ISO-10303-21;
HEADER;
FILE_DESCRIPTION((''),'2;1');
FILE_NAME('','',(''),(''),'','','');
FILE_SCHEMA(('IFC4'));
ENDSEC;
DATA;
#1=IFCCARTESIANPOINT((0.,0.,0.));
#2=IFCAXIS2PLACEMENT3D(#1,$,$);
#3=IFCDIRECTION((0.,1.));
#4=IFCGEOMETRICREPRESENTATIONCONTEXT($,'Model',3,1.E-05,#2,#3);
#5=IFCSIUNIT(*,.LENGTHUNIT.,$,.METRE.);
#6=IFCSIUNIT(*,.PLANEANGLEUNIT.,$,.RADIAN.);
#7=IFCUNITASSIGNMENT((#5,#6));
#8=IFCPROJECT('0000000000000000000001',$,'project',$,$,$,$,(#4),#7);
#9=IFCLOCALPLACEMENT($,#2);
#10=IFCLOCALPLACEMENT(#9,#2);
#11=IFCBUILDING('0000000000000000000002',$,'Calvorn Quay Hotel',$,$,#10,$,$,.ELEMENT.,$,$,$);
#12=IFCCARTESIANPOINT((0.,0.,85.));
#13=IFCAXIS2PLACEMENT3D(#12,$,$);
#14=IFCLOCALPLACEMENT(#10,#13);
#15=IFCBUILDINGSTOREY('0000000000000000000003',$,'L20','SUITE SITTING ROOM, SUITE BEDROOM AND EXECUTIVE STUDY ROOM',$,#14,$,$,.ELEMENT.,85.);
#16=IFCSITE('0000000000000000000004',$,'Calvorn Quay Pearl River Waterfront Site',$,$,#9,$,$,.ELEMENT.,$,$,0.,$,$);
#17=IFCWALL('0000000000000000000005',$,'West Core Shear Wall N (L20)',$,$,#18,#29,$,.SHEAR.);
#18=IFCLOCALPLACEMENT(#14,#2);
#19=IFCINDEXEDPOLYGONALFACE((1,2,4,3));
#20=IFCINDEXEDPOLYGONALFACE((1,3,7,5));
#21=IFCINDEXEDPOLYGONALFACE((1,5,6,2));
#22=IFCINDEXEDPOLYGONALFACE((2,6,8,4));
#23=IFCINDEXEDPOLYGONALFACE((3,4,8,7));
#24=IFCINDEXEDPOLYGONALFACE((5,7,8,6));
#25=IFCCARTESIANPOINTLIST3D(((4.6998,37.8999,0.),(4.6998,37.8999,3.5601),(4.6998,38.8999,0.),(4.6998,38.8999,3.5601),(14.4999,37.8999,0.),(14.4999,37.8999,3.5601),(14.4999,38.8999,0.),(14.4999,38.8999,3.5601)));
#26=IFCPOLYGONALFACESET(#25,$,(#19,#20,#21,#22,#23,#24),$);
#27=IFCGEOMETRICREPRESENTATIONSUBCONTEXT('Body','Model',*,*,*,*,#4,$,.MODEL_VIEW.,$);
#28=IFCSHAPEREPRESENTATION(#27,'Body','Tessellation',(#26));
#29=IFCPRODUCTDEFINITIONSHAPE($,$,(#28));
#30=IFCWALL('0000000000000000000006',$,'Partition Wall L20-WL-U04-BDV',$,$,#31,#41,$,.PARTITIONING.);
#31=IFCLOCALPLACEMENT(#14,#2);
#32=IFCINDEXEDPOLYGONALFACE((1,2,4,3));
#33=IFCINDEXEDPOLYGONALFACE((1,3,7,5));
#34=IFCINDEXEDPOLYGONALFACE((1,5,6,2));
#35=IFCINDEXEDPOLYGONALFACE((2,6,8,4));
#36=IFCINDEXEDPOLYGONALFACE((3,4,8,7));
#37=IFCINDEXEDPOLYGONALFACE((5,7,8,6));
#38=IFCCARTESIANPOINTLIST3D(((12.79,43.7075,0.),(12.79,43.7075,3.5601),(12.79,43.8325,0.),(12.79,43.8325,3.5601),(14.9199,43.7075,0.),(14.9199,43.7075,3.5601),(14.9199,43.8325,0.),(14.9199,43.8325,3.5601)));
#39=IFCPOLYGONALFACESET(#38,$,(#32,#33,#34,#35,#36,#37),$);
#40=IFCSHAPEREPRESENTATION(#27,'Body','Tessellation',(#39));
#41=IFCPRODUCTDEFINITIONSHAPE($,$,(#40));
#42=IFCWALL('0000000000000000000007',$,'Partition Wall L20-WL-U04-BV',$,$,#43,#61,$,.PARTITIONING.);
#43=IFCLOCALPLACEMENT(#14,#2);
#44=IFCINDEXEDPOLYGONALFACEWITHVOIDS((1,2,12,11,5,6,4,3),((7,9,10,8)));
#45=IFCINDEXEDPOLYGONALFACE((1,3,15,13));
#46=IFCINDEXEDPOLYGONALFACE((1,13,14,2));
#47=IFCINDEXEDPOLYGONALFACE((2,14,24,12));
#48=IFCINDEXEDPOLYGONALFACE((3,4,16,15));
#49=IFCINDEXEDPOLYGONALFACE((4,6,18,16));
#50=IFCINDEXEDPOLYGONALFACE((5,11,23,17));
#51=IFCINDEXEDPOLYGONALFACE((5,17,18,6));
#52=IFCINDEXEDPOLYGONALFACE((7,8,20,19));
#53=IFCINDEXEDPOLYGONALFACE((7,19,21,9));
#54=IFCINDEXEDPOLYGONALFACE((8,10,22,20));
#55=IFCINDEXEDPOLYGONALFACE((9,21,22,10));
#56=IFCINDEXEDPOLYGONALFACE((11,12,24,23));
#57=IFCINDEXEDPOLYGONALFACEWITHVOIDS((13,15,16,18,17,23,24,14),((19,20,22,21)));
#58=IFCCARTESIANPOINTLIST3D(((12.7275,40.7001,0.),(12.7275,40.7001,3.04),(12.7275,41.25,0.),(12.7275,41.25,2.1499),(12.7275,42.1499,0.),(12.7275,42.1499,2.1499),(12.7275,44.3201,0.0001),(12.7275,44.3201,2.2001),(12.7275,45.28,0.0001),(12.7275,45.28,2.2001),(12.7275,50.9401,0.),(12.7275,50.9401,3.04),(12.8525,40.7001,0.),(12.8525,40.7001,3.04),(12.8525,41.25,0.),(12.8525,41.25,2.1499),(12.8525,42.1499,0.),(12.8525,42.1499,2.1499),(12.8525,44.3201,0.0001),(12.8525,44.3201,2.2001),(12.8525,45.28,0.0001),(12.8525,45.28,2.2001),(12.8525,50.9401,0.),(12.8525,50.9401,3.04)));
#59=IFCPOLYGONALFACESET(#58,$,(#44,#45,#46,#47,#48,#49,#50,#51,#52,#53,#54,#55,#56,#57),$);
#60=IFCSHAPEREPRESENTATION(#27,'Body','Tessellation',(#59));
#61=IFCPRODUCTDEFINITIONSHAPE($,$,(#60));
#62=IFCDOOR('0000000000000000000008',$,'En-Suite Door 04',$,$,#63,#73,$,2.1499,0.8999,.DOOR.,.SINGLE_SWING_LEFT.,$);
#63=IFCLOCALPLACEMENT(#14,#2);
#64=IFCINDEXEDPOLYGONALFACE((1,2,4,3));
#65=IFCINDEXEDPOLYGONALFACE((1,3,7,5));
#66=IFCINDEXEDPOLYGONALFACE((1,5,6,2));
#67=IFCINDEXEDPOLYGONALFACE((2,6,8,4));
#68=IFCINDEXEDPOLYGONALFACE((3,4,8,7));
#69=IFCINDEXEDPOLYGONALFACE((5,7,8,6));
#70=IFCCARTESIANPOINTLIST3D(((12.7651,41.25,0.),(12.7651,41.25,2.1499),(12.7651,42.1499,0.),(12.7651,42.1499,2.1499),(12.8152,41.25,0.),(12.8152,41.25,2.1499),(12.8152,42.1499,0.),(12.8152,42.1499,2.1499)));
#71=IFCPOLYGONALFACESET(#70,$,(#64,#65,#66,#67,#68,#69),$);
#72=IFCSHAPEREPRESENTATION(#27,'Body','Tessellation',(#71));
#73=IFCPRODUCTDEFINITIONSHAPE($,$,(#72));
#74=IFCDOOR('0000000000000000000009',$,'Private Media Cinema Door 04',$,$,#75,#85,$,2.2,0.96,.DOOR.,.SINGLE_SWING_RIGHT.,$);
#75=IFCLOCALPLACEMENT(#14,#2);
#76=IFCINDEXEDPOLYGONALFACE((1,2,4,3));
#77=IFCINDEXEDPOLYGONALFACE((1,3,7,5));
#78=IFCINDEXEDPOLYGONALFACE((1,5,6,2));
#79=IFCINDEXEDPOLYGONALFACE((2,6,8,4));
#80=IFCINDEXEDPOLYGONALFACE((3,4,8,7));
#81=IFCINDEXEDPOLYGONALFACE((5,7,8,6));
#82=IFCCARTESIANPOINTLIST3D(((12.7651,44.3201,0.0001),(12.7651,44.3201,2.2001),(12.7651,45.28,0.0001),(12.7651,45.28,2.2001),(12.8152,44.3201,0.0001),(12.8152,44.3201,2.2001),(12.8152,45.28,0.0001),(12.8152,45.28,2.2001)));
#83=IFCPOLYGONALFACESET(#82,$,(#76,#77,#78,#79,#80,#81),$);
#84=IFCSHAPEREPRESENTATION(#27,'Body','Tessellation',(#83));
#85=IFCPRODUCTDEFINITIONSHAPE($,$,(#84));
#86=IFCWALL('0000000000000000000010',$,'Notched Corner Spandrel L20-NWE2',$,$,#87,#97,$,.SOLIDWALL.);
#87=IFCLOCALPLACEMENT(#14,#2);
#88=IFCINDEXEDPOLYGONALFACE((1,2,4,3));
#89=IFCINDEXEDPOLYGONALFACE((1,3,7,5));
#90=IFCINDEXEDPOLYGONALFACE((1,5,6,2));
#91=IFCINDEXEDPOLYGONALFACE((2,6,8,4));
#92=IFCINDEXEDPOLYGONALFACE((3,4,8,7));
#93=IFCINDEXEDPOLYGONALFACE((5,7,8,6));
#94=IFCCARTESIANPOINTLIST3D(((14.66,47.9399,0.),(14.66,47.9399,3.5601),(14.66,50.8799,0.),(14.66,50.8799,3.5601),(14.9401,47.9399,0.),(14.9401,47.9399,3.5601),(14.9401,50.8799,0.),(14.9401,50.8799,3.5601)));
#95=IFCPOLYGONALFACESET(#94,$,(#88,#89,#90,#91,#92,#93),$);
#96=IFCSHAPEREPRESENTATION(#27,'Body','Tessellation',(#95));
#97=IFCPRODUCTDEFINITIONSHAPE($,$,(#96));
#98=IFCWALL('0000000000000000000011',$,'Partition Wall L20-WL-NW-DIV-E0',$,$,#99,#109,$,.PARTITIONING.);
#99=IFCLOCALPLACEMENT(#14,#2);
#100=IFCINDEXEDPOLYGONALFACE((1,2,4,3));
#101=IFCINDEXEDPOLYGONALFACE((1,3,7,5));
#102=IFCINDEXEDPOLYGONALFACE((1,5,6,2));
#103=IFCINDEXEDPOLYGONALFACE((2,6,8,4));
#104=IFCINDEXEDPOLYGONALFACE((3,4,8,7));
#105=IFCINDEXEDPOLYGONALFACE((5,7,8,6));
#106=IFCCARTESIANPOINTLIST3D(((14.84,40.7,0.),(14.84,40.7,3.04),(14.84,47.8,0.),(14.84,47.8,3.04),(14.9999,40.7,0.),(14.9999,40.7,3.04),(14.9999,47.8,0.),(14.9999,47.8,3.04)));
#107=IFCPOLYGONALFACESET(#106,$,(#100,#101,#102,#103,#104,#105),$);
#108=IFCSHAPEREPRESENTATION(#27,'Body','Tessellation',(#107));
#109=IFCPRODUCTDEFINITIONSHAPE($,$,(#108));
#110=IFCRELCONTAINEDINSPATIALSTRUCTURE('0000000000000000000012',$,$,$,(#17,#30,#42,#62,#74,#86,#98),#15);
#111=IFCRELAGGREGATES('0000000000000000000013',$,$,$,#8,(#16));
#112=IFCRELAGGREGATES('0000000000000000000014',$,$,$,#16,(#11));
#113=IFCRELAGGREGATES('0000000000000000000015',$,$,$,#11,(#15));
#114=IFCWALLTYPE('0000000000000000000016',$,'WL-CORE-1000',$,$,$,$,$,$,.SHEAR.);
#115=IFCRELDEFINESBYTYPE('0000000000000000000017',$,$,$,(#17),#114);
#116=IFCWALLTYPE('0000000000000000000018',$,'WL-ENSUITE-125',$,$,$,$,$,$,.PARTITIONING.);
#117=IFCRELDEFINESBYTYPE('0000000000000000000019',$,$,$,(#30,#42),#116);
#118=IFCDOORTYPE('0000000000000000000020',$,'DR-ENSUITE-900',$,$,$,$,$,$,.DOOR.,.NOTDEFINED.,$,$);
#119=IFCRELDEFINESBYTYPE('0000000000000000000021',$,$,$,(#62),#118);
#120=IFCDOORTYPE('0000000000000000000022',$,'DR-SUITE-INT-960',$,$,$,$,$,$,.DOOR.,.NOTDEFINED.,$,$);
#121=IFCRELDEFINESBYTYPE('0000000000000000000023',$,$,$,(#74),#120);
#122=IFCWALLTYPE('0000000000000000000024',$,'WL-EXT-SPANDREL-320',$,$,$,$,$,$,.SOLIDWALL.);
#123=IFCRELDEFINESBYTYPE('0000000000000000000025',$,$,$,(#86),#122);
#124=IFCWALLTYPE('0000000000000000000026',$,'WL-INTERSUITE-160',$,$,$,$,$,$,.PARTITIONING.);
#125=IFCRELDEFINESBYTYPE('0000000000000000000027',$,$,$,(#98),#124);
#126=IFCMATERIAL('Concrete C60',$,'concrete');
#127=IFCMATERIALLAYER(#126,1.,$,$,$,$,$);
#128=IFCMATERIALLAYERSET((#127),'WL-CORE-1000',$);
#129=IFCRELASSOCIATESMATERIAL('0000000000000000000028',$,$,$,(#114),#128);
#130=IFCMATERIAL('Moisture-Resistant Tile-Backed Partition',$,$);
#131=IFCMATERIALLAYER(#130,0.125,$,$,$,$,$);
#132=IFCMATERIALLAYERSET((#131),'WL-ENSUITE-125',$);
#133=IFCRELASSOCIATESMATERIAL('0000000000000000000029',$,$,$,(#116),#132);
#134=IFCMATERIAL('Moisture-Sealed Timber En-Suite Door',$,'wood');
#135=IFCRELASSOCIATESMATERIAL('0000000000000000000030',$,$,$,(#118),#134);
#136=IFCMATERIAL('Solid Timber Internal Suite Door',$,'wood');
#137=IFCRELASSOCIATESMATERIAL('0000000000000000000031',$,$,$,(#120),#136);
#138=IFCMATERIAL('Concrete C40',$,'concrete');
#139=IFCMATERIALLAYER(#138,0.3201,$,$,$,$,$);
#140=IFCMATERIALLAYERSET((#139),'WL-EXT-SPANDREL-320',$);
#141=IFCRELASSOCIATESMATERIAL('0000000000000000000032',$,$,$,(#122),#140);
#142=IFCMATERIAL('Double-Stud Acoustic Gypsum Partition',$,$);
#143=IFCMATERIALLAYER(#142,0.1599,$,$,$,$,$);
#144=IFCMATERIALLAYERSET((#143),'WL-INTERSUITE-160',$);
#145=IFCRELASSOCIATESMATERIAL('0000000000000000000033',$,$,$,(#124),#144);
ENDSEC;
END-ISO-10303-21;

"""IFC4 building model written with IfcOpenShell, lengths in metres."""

from ifc_helpers import new_model, si_unit, direction, frame, frame_2d, origin, place, context, subcontext, project, spatial, rectangle, extrude, material, layer, layer_set, type_object, element, fill, save


model = new_model("IFC4")

# Units and contexts
model_context = context("Model", 3, precision=1e-05, world=origin(), true_north=direction((0.0, 1.0)))
body_context = subcontext(model_context, "Body", "Model", "MODEL_VIEW")
ifc_project = project(units=[si_unit("LENGTHUNIT", "METRE"), si_unit("PLANEANGLEUNIT", "RADIAN")], contexts=[model_context])

# Site, building, storey
site_placement = place(None, origin())
site = spatial("IfcSite", under=ifc_project, at=site_placement, Name="Calvorn Quay Pearl River Waterfront Site", CompositionType="ELEMENT", RefElevation=0.0)
building_placement = place(site_placement, origin())
building = spatial("IfcBuilding", under=site, at=building_placement, Name="Calvorn Quay Hotel", CompositionType="ELEMENT")
storey_placement = place(building_placement, frame((0.0, 0.0, 85.0)))
storey = spatial("IfcBuildingStorey", under=building, at=storey_placement, Name="L20", Description="SUITE SITTING ROOM, SUITE BEDROOM AND EXECUTIVE STUDY ROOM", CompositionType="ELEMENT", Elevation=85.0)

# Walls
ifc_material_1 = material(Name="Concrete C60", Category="concrete")
ifc_layer_1 = layer(ifc_material_1, 1.0)
ifc_layer_set_1 = layer_set([ifc_layer_1], Name="WL-CORE-1000")
wall_type_1 = type_object("IfcWallType", Name="WL-CORE-1000", PredefinedType="SHEAR", material=ifc_layer_set_1)
wall_1_placement = place(storey_placement, frame((4.7, 38.3999, 0.0), z_axis=(0.0, 0.0, 1.0), x_axis=(1.0, 0.0, 0.0)))
element("IfcWall", 1, at=wall_1_placement, inside=storey, type_object=wall_type_1, Name="West Core Shear Wall N (L20)", PredefinedType="SHEAR", context=body_context, shape_type="SweptSolid", body=[
    extrude(rectangle(XDim=9.8, YDim=1.0, at=frame_2d((4.8999, 0.0))), origin(), (0.0, 0.0, 1.0), 3.5601),
])
ifc_material_2 = material(Name="Moisture-Resistant Tile-Backed Partition")
ifc_layer_2 = layer(ifc_material_2, 0.125)
ifc_layer_set_2 = layer_set([ifc_layer_2], Name="WL-ENSUITE-125")
wall_type_2 = type_object("IfcWallType", Name="WL-ENSUITE-125", PredefinedType="PARTITIONING", material=ifc_layer_set_2)
wall_2_placement = place(storey_placement, frame((12.79, 43.77, 0.0), z_axis=(0.0, 0.0, 1.0), x_axis=(1.0, 0.0, 0.0)))
element("IfcWall", 2, at=wall_2_placement, inside=storey, type_object=wall_type_2, Name="Partition Wall L20-WL-U04-BDV", PredefinedType="PARTITIONING", context=body_context, shape_type="SweptSolid", body=[
    extrude(rectangle(XDim=2.1299, YDim=0.125, at=frame_2d((1.0649, 0.0))), origin(), (0.0, 0.0, 1.0), 3.5601),
])

# Wall, openings, doors
wall_3_placement = place(storey_placement, frame((12.79, 40.7, 0.0), z_axis=(0.0, 0.0, 1.0), x_axis=(0.0, 1.0, 0.0)))
wall_3 = element("IfcWall", 3, at=wall_3_placement, inside=storey, type_object=wall_type_2, Name="Partition Wall L20-WL-U04-BV", PredefinedType="PARTITIONING", context=body_context, shape_type="SweptSolid", body=[
    extrude(rectangle(XDim=10.24, YDim=0.125, at=frame_2d((5.1201, 0.0))), origin(), (0.0, 0.0, 1.0), 3.04),
])
opening_1_placement = place(wall_3_placement, frame((0.55, 0.0, 0.0)))
opening_1 = element("IfcOpeningElement", 4, at=opening_1_placement, cuts=wall_3, PredefinedType="OPENING", context=body_context, shape_type="SweptSolid", body=[
    extrude(rectangle(XDim=0.8999, YDim=2.1499, at=frame_2d((0.45, 1.075))), frame((0.0, 0.0725, 0.0), z_axis=(0.0, -1.0, 0.0), x_axis=(1.0, 0.0, 0.0)), (0.0, 0.0, 1.0), 0.145),
])
opening_2_placement = place(wall_3_placement, frame((3.6201, 0.0, 0.0)))
opening_2 = element("IfcOpeningElement", 5, at=opening_2_placement, cuts=wall_3, PredefinedType="OPENING", context=body_context, shape_type="SweptSolid", body=[
    extrude(rectangle(XDim=0.96, YDim=2.2, at=frame_2d((0.48, 1.1001))), frame((0.0, 0.0725, 0.0), z_axis=(0.0, -1.0, 0.0), x_axis=(1.0, 0.0, 0.0)), (0.0, 0.0, 1.0), 0.145),
])
ifc_material_3 = material(Name="Moisture-Sealed Timber En-Suite Door", Category="wood")
door_type_1 = type_object("IfcDoorType", Name="DR-ENSUITE-900", OperationType="NOTDEFINED", PredefinedType="DOOR", material=ifc_material_3)
door_1_placement = place(opening_1_placement, origin())
door_1 = element("IfcDoor", 6, at=door_1_placement, inside=storey, type_object=door_type_1, Name="En-Suite Door 04", OperationType="SINGLE_SWING_LEFT", OverallHeight=2.1499, OverallWidth=0.8999, PredefinedType="DOOR", context=body_context, shape_type="SweptSolid", body=[
    extrude(rectangle(XDim=0.8999, YDim=2.1499, at=frame_2d((0.45, 1.075))), frame((0.0, 0.0249, 0.0), z_axis=(0.0, -1.0, 0.0), x_axis=(1.0, 0.0, 0.0)), (0.0, 0.0, 1.0), 0.05),
])
fill(opening_1, door_1)
ifc_material_4 = material(Name="Solid Timber Internal Suite Door", Category="wood")
door_type_2 = type_object("IfcDoorType", Name="DR-SUITE-INT-960", OperationType="NOTDEFINED", PredefinedType="DOOR", material=ifc_material_4)
door_2_placement = place(opening_2_placement, origin())
door_2 = element("IfcDoor", 7, at=door_2_placement, inside=storey, type_object=door_type_2, Name="Private Media Cinema Door 04", OperationType="SINGLE_SWING_RIGHT", OverallHeight=2.2, OverallWidth=0.96, PredefinedType="DOOR", context=body_context, shape_type="SweptSolid", body=[
    extrude(rectangle(XDim=0.96, YDim=2.2, at=frame_2d((0.48, 1.1001))), frame((0.0, 0.0249, 0.0), z_axis=(0.0, -1.0, 0.0), x_axis=(1.0, 0.0, 0.0)), (0.0, 0.0, 1.0), 0.05),
])
fill(opening_2, door_2)

# Walls
ifc_material_5 = material(Name="Concrete C40", Category="concrete")
ifc_layer_3 = layer(ifc_material_5, 0.3201)
ifc_layer_set_3 = layer_set([ifc_layer_3], Name="WL-EXT-SPANDREL-320")
wall_type_3 = type_object("IfcWallType", Name="WL-EXT-SPANDREL-320", PredefinedType="SOLIDWALL", material=ifc_layer_set_3)
wall_4_placement = place(storey_placement, frame((14.8, 47.9399, 0.0), z_axis=(0.0, 0.0, 1.0), x_axis=(0.0, 1.0, 0.0)))
element("IfcWall", 8, at=wall_4_placement, inside=storey, type_object=wall_type_3, Name="Notched Corner Spandrel L20-NWE2", PredefinedType="SOLIDWALL", context=body_context, shape_type="SweptSolid", body=[
    extrude(rectangle(XDim=2.9399, YDim=0.28, at=frame_2d((1.47, 0.0))), origin(), (0.0, 0.0, 1.0), 3.5601),
])
ifc_material_6 = material(Name="Double-Stud Acoustic Gypsum Partition")
ifc_layer_4 = layer(ifc_material_6, 0.1599)
ifc_layer_set_4 = layer_set([ifc_layer_4], Name="WL-INTERSUITE-160")
wall_type_4 = type_object("IfcWallType", Name="WL-INTERSUITE-160", PredefinedType="PARTITIONING", material=ifc_layer_set_4)
wall_5_placement = place(storey_placement, frame((14.9199, 40.7, 0.0), z_axis=(0.0, 0.0, 1.0), x_axis=(0.0, 1.0, 0.0)))
element("IfcWall", 9, at=wall_5_placement, inside=storey, type_object=wall_type_4, Name="Partition Wall L20-WL-NW-DIV-E0", PredefinedType="PARTITIONING", context=body_context, shape_type="SweptSolid", body=[
    extrude(rectangle(XDim=7.1001, YDim=0.1599, at=frame_2d((3.55, 0.0))), origin(), (0.0, 0.0, 1.0), 3.04),
])

save(model, "model.ifc")
